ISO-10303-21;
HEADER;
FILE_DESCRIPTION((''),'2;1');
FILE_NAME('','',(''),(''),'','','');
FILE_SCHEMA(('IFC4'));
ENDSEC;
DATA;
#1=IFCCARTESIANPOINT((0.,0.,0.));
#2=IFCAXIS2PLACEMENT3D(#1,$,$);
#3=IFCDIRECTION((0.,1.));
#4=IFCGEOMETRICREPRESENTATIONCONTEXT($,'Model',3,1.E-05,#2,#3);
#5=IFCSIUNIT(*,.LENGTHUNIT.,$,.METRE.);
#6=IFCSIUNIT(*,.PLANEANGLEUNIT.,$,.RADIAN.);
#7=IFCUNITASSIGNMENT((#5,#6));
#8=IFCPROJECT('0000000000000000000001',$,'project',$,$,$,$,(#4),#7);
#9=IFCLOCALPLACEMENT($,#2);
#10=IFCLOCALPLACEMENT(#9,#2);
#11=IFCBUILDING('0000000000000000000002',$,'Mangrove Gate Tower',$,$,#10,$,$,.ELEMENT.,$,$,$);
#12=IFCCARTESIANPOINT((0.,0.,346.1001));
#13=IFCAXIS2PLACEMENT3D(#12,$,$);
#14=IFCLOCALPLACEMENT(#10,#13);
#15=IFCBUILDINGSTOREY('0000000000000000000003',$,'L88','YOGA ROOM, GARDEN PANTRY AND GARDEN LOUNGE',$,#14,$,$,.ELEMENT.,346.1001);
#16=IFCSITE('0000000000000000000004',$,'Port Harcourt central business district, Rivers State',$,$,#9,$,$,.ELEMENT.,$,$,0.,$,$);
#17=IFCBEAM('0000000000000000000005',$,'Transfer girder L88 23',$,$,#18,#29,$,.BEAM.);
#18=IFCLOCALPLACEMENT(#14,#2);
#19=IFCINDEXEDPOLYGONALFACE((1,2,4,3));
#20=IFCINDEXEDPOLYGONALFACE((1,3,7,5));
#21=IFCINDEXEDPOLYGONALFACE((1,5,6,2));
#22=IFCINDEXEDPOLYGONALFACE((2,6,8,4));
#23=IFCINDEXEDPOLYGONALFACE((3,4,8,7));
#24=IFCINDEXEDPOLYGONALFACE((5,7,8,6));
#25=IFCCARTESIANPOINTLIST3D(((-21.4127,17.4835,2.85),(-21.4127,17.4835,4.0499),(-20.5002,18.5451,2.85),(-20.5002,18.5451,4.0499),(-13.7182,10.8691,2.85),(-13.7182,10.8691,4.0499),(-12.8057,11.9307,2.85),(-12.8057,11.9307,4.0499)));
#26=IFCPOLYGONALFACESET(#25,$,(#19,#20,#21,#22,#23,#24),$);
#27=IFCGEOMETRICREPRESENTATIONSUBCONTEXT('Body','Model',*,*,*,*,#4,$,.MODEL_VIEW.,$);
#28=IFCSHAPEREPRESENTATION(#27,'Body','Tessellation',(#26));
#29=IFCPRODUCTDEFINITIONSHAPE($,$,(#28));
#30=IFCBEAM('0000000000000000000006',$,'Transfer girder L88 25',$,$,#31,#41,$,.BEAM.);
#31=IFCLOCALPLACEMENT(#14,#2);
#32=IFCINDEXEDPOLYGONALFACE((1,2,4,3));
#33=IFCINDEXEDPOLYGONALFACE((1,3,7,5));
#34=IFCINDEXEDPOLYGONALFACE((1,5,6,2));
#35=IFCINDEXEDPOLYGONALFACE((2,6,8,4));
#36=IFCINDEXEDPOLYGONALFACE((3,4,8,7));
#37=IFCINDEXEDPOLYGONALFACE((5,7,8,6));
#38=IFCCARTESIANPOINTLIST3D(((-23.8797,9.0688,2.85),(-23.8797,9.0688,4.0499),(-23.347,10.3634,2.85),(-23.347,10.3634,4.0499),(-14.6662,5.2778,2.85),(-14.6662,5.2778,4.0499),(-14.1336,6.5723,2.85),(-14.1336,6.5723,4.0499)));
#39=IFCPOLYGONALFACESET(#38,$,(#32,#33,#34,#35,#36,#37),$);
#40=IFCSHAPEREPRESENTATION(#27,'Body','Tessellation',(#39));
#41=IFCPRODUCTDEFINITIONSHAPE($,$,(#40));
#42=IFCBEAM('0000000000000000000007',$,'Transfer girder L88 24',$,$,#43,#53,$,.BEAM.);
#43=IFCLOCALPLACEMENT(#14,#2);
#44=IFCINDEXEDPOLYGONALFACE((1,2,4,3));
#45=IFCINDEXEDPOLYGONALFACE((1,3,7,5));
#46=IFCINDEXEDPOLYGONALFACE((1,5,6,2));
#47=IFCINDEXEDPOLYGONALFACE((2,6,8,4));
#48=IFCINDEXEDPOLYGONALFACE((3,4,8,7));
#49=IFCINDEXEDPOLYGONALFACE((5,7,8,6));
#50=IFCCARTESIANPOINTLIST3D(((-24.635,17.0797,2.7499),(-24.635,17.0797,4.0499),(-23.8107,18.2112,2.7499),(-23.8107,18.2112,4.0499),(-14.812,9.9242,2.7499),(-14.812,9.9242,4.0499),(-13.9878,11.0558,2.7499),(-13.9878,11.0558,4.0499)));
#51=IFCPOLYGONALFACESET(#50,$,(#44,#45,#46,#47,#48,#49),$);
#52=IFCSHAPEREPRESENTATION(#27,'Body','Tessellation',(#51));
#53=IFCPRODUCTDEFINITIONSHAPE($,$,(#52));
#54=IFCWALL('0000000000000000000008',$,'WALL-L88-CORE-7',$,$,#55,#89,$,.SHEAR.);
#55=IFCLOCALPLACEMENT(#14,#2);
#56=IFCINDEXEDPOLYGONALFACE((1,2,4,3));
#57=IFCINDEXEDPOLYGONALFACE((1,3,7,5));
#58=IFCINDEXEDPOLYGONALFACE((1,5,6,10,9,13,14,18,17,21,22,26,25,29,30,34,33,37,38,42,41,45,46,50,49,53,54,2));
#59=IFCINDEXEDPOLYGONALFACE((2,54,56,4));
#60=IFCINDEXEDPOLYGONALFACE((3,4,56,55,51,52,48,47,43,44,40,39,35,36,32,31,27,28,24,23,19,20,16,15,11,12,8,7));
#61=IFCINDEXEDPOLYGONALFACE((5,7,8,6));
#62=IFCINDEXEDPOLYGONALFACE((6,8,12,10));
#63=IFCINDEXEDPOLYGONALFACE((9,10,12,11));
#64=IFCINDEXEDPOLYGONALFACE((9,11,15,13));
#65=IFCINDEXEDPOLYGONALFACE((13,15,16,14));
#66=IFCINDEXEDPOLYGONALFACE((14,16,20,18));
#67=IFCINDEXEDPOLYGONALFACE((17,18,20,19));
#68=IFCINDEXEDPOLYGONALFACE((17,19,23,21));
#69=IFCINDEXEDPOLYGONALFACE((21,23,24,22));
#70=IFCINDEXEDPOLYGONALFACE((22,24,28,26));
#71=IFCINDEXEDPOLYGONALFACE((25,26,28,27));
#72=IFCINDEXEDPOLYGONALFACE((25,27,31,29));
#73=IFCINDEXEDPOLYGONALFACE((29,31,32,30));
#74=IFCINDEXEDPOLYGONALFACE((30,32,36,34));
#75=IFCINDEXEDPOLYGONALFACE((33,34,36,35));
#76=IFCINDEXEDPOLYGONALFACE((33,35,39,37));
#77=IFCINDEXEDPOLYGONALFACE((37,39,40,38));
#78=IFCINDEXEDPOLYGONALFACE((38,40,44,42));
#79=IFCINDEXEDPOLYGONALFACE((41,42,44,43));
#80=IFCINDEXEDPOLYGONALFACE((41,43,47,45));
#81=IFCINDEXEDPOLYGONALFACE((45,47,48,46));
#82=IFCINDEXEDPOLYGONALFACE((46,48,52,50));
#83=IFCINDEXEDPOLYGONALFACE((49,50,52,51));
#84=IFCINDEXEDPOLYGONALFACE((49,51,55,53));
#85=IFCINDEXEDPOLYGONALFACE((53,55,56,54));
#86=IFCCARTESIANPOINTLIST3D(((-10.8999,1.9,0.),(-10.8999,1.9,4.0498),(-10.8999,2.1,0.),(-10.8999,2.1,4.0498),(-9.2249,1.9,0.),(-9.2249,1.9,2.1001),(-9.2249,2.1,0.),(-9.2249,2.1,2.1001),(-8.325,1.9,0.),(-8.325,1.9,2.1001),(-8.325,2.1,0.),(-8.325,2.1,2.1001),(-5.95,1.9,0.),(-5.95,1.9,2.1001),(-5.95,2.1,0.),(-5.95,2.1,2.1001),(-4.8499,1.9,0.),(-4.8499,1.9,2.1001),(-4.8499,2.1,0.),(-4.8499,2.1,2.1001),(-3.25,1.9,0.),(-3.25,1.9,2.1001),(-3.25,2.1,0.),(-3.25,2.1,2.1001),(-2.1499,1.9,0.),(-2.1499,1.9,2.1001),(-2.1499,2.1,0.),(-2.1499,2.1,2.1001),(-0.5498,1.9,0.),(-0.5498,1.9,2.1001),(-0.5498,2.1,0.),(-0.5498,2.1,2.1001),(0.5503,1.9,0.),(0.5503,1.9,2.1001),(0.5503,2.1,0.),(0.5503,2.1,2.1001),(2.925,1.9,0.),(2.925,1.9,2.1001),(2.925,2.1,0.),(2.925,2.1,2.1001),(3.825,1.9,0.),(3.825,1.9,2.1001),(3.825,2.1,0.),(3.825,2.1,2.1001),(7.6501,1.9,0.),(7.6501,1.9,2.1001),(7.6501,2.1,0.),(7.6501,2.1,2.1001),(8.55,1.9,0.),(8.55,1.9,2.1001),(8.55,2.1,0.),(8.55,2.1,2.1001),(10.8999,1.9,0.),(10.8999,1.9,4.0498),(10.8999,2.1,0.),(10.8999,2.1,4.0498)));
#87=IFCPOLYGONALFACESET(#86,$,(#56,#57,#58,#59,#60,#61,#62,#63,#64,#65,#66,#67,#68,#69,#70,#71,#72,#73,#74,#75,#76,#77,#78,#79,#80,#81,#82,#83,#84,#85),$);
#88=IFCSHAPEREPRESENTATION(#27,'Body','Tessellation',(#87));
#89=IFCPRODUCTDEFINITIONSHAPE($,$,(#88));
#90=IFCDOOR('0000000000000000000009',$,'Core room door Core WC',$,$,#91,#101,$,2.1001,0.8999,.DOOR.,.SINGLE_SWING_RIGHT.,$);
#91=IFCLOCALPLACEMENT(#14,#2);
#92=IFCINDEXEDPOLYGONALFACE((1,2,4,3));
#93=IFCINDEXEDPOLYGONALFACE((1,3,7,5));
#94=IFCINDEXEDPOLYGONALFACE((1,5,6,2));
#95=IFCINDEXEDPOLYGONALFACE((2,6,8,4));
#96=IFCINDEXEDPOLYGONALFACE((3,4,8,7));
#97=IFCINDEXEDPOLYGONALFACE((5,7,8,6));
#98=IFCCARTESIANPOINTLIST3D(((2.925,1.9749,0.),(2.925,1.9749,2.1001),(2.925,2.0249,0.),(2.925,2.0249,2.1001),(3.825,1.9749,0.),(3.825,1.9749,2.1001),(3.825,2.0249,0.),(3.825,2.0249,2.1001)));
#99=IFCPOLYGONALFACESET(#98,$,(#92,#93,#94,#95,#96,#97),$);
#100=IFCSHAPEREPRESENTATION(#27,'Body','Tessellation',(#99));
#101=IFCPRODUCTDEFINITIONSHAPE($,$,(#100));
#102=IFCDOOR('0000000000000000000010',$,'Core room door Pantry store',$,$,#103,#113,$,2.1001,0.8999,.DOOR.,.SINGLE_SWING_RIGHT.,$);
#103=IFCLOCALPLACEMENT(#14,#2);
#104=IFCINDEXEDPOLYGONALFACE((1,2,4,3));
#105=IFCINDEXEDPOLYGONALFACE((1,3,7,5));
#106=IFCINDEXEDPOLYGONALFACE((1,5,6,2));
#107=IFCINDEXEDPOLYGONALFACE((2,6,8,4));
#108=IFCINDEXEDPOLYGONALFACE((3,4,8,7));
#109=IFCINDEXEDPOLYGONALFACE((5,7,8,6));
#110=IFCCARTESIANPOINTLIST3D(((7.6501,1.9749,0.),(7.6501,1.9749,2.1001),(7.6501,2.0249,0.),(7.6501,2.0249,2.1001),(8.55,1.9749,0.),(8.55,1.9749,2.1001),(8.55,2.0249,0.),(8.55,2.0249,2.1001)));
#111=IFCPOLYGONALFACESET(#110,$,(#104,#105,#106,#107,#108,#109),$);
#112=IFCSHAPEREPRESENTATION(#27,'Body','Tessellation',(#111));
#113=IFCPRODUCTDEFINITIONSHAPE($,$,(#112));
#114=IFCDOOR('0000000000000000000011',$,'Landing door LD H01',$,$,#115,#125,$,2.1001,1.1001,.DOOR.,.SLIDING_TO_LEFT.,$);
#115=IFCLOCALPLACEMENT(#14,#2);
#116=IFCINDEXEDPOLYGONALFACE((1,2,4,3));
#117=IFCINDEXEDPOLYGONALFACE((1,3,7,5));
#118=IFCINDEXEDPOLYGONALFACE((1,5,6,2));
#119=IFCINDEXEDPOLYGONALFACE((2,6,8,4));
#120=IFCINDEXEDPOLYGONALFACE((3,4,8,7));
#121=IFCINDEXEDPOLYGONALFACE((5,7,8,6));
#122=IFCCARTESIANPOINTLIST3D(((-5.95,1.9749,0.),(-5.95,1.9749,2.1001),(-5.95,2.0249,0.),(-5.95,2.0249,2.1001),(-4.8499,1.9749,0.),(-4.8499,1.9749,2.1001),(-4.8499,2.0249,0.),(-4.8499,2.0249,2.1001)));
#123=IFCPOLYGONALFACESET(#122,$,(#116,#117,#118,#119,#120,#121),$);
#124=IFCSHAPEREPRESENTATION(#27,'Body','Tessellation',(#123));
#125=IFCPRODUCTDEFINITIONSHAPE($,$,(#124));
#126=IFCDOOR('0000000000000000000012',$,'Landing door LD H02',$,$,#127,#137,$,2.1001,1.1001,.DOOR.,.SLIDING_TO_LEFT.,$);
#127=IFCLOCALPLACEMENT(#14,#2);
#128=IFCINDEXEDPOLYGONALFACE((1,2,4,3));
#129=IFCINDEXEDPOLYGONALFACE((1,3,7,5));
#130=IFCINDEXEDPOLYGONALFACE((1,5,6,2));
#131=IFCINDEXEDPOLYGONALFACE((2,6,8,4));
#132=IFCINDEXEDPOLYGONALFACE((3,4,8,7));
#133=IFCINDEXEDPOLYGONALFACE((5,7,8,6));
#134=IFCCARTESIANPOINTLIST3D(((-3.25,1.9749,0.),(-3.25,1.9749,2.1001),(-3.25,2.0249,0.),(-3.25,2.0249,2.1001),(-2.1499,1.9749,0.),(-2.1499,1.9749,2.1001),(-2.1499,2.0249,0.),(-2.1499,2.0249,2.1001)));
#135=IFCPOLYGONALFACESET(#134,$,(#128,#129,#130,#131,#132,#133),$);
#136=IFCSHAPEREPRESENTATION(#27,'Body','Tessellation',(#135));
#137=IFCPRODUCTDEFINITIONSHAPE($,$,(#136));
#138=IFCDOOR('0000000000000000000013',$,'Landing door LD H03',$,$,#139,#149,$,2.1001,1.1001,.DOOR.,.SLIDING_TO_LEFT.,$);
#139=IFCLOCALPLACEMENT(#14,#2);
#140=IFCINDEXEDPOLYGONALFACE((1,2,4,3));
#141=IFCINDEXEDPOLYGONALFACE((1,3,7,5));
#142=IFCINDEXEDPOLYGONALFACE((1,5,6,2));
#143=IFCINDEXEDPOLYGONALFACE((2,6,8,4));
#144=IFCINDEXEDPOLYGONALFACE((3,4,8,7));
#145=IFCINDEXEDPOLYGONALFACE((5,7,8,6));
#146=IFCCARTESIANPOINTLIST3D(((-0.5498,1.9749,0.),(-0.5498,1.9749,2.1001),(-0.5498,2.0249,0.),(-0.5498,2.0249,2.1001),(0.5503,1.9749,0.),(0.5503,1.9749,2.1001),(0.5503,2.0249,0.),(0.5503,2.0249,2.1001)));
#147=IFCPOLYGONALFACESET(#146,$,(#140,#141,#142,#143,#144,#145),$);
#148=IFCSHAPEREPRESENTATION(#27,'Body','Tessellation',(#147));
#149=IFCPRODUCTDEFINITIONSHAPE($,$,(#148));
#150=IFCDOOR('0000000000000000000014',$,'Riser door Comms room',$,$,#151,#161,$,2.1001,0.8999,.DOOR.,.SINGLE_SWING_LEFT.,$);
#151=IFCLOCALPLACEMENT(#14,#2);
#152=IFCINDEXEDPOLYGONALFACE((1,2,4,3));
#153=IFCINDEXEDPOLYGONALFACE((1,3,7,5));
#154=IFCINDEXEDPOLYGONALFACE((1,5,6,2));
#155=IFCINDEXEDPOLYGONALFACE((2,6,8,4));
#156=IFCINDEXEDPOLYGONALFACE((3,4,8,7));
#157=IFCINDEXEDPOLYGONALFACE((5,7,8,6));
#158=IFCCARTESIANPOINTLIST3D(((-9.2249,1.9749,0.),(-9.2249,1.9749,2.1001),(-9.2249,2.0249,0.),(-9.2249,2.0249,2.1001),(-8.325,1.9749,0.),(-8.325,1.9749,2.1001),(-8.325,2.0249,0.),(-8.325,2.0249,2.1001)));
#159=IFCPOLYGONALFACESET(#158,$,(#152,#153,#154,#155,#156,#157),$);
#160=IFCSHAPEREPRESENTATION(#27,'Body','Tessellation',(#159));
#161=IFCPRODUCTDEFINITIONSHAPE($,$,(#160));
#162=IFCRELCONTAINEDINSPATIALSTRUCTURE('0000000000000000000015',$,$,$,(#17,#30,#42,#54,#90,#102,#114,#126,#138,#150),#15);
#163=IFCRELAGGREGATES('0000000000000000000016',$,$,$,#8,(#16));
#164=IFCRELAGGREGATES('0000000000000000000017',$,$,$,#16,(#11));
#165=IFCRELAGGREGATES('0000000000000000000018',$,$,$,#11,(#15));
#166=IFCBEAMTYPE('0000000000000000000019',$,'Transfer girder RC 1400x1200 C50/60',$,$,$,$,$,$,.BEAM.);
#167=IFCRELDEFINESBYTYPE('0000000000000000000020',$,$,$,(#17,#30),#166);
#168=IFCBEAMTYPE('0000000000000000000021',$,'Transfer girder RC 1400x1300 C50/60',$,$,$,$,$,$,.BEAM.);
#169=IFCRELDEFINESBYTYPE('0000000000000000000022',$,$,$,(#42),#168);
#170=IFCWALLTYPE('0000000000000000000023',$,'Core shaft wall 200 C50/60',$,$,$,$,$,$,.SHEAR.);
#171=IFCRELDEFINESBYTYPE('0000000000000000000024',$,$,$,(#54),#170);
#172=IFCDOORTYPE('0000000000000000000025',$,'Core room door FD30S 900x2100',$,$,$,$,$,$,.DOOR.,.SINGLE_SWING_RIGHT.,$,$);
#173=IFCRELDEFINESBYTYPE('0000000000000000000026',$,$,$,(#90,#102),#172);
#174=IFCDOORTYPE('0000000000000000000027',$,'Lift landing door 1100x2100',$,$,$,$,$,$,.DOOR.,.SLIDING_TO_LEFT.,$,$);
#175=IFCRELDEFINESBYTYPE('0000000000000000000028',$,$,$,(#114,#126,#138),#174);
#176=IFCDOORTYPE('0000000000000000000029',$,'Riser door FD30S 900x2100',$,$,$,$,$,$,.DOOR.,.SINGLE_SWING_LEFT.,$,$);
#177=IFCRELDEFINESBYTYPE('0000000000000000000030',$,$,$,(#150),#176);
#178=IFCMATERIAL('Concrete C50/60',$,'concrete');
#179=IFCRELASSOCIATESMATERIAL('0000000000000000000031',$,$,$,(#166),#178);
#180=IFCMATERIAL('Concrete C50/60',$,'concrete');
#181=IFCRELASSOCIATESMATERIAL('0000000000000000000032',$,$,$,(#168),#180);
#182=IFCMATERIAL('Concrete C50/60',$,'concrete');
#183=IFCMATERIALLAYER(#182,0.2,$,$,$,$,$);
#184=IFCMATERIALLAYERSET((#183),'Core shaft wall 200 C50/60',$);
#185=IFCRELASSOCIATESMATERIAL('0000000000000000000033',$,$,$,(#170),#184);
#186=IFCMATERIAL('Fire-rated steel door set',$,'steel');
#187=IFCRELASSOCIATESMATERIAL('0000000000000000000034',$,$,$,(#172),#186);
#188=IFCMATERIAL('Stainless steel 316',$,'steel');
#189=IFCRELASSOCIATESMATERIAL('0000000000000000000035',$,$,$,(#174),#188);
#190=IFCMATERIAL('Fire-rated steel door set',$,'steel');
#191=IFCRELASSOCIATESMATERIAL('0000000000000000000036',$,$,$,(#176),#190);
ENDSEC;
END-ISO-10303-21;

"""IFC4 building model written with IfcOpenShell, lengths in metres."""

from ifc_helpers import new_model, si_unit, direction, frame, frame_2d, origin, origin_2d, place, context, subcontext, project, spatial, rectangle, extrude, material, layer, layer_set, material_profile, profile_set, type_object, element, fill, save


model = new_model("IFC4")

# Units and contexts
model_context = context("Model", 3, precision=1e-05, world=origin(), true_north=direction((0.0, 1.0)))
body_context = subcontext(model_context, "Body", "Model", "MODEL_VIEW")
ifc_project = project(units=[si_unit("LENGTHUNIT", "METRE"), si_unit("PLANEANGLEUNIT", "RADIAN")], contexts=[model_context])

# Site, building, storey
site_placement = place(None, origin())
site = spatial("IfcSite", under=ifc_project, at=site_placement, Name="Port Harcourt central business district, Rivers State", CompositionType="ELEMENT", RefElevation=0.0)
building_placement = place(site_placement, origin())
building = spatial("IfcBuilding", under=site, at=building_placement, Name="Mangrove Gate Tower", CompositionType="ELEMENT")
storey_placement = place(building_placement, frame((0.0, 0.0, 346.1001)))
storey = spatial("IfcBuildingStorey", under=building, at=storey_placement, Name="L88", Description="YOGA ROOM, GARDEN PANTRY AND GARDEN LOUNGE", CompositionType="ELEMENT", Elevation=346.1001)

# Beams
ifc_material_1 = material(Name="Concrete C50/60", Category="concrete")
ifc_material_profile_1 = material_profile(ifc_material_1, rectangle(XDim=1.3999, YDim=1.2, at=origin_2d()))
ifc_profile_set_1 = profile_set([ifc_material_profile_1], Name="Concrete C50/60")
beam_type_1 = type_object("IfcBeamType", Name="Transfer girder RC 1400x1200 C50/60", PredefinedType="BEAM", material=ifc_profile_set_1)
beam_1_placement = place(storey_placement, frame((-13.262, 11.3999, 3.45), z_axis=(-0.758323, 0.651879, 0.0), x_axis=(-0.651879, -0.758323, 0.0)))
element("IfcBeam", 1, at=beam_1_placement, inside=storey, type_object=beam_type_1, Name="Transfer girder L88 23", PredefinedType="BEAM", context=body_context, shape_type="SweptSolid", body=[
    extrude(rectangle(XDim=1.3999, YDim=1.2, at=origin_2d()), origin(), (0.0, 0.0, 1.0), 10.1467),
])
beam_2_placement = place(storey_placement, frame((-14.3999, 5.925, 3.45), z_axis=(-0.924774, 0.380516, 0.0), x_axis=(-0.380516, -0.924774, 0.0)))
element("IfcBeam", 2, at=beam_2_placement, inside=storey, type_object=beam_type_1, Name="Transfer girder L88 25", PredefinedType="BEAM", context=body_context, shape_type="SweptSolid", body=[
    extrude(rectangle(XDim=1.3999, YDim=1.2, at=origin_2d()), origin(), (0.0, 0.0, 1.0), 9.9629),
])
ifc_material_2 = material(Name="Concrete C50/60", Category="concrete")
ifc_material_profile_2 = material_profile(ifc_material_2, rectangle(XDim=1.3999, YDim=1.3, at=origin_2d()))
ifc_profile_set_2 = profile_set([ifc_material_profile_2], Name="Concrete C50/60")
beam_type_2 = type_object("IfcBeamType", Name="Transfer girder RC 1400x1300 C50/60", PredefinedType="BEAM", material=ifc_profile_set_2)
beam_3_placement = place(storey_placement, frame((-14.3999, 10.49, 3.3999), z_axis=(-0.808285, 0.588791, 0.0), x_axis=(-0.588791, -0.808285, 0.0)))
element("IfcBeam", 3, at=beam_3_placement, inside=storey, type_object=beam_type_2, Name="Transfer girder L88 24", PredefinedType="BEAM", context=body_context, shape_type="SweptSolid", body=[
    extrude(rectangle(XDim=1.3999, YDim=1.3, at=origin_2d()), origin(), (0.0, 0.0, 1.0), 12.1528),
])

# Wall, openings, doors
ifc_material_3 = material(Name="Concrete C50/60", Category="concrete")
ifc_layer_1 = layer(ifc_material_3, 0.2)
ifc_layer_set_1 = layer_set([ifc_layer_1], Name="Core shaft wall 200 C50/60")
wall_type_1 = type_object("IfcWallType", Name="Core shaft wall 200 C50/60", PredefinedType="SHEAR", material=ifc_layer_set_1)
wall_1_placement = place(storey_placement, frame((-10.8999, 2.0, 0.0), z_axis=(0.0, 0.0, 1.0), x_axis=(1.0, 0.0, 0.0)))
wall_1 = element("IfcWall", 4, at=wall_1_placement, inside=storey, type_object=wall_type_1, Name="WALL-L88-CORE-7", PredefinedType="SHEAR", context=body_context, shape_type="SweptSolid", body=[
    extrude(rectangle(XDim=21.7998, YDim=0.2, at=frame_2d((10.8999, 0.0))), origin(), (0.0, 0.0, 1.0), 4.0498),
])
opening_1_placement = place(wall_1_placement, frame((4.95, 0.0, 0.0)))
opening_1 = element("IfcOpeningElement", 5, at=opening_1_placement, cuts=wall_1, PredefinedType="OPENING", context=body_context, shape_type="SweptSolid", body=[
    extrude(rectangle(XDim=1.1001, YDim=2.1001, at=frame_2d((0.55, 1.05))), frame((0.0, 0.1099, 0.0), z_axis=(0.0, -1.0, 0.0), x_axis=(1.0, 0.0, 0.0)), (0.0, 0.0, 1.0), 0.22),
])
opening_2_placement = place(wall_1_placement, frame((7.6499, 0.0, 0.0)))
opening_2 = element("IfcOpeningElement", 6, at=opening_2_placement, cuts=wall_1, PredefinedType="OPENING", context=body_context, shape_type="SweptSolid", body=[
    extrude(rectangle(XDim=1.1001, YDim=2.1001, at=frame_2d((0.55, 1.05))), frame((0.0, 0.1099, 0.0), z_axis=(0.0, -1.0, 0.0), x_axis=(1.0, 0.0, 0.0)), (0.0, 0.0, 1.0), 0.22),
])
opening_3_placement = place(wall_1_placement, frame((10.3501, 0.0, 0.0)))
opening_3 = element("IfcOpeningElement", 7, at=opening_3_placement, cuts=wall_1, PredefinedType="OPENING", context=body_context, shape_type="SweptSolid", body=[
    extrude(rectangle(XDim=1.1001, YDim=2.1001, at=frame_2d((0.55, 1.05))), frame((0.0, 0.1099, 0.0), z_axis=(0.0, -1.0, 0.0), x_axis=(1.0, 0.0, 0.0)), (0.0, 0.0, 1.0), 0.22),
])
opening_4_placement = place(wall_1_placement, frame((1.675, 0.0, 0.0)))
opening_4 = element("IfcOpeningElement", 8, at=opening_4_placement, cuts=wall_1, PredefinedType="OPENING", context=body_context, shape_type="SweptSolid", body=[
    extrude(rectangle(XDim=0.8999, YDim=2.1001, at=frame_2d((0.45, 1.05))), frame((0.0, 0.1099, 0.0), z_axis=(0.0, -1.0, 0.0), x_axis=(1.0, 0.0, 0.0)), (0.0, 0.0, 1.0), 0.22),
])
opening_5_placement = place(wall_1_placement, frame((13.825, 0.0, 0.0)))
opening_5 = element("IfcOpeningElement", 9, at=opening_5_placement, cuts=wall_1, PredefinedType="OPENING", context=body_context, shape_type="SweptSolid", body=[
    extrude(rectangle(XDim=0.8999, YDim=2.1001, at=frame_2d((0.45, 1.05))), frame((0.0, 0.1099, 0.0), z_axis=(0.0, -1.0, 0.0), x_axis=(1.0, 0.0, 0.0)), (0.0, 0.0, 1.0), 0.22),
])
opening_6_placement = place(wall_1_placement, frame((18.55, 0.0, 0.0)))
opening_6 = element("IfcOpeningElement", 10, at=opening_6_placement, cuts=wall_1, PredefinedType="OPENING", context=body_context, shape_type="SweptSolid", body=[
    extrude(rectangle(XDim=0.8999, YDim=2.1001, at=frame_2d((0.45, 1.05))), frame((0.0, 0.1099, 0.0), z_axis=(0.0, -1.0, 0.0), x_axis=(1.0, 0.0, 0.0)), (0.0, 0.0, 1.0), 0.22),
])
ifc_material_4 = material(Name="Fire-rated steel door set", Category="steel")
door_type_1 = type_object("IfcDoorType", Name="Core room door FD30S 900x2100", OperationType="SINGLE_SWING_RIGHT", PredefinedType="DOOR", material=ifc_material_4)
door_1_placement = place(opening_5_placement, origin())
door_1 = element("IfcDoor", 11, at=door_1_placement, inside=storey, type_object=door_type_1, Name="Core room door Core WC", OperationType="SINGLE_SWING_RIGHT", OverallHeight=2.1001, OverallWidth=0.8999, PredefinedType="DOOR", context=body_context, shape_type="SweptSolid", body=[
    extrude(rectangle(XDim=0.8999, YDim=2.1001, at=frame_2d((0.45, 1.05))), frame((0.0, 0.0249, 0.0), z_axis=(0.0, -1.0, 0.0), x_axis=(1.0, 0.0, 0.0)), (0.0, 0.0, 1.0), 0.05),
])
fill(opening_5, door_1)
door_2_placement = place(opening_6_placement, origin())
door_2 = element("IfcDoor", 12, at=door_2_placement, inside=storey, type_object=door_type_1, Name="Core room door Pantry store", OperationType="SINGLE_SWING_RIGHT", OverallHeight=2.1001, OverallWidth=0.8999, PredefinedType="DOOR", context=body_context, shape_type="SweptSolid", body=[
    extrude(rectangle(XDim=0.8999, YDim=2.1001, at=frame_2d((0.45, 1.05))), frame((0.0, 0.0249, 0.0), z_axis=(0.0, -1.0, 0.0), x_axis=(1.0, 0.0, 0.0)), (0.0, 0.0, 1.0), 0.05),
])
fill(opening_6, door_2)
ifc_material_5 = material(Name="Stainless steel 316", Category="steel")
door_type_2 = type_object("IfcDoorType", Name="Lift landing door 1100x2100", OperationType="SLIDING_TO_LEFT", PredefinedType="DOOR", material=ifc_material_5)
door_3_placement = place(opening_1_placement, origin())
door_3 = element("IfcDoor", 13, at=door_3_placement, inside=storey, type_object=door_type_2, Name="Landing door LD H01", OperationType="SLIDING_TO_LEFT", OverallHeight=2.1001, OverallWidth=1.1001, PredefinedType="DOOR", context=body_context, shape_type="SweptSolid", body=[
    extrude(rectangle(XDim=1.1001, YDim=2.1001, at=frame_2d((0.55, 1.05))), frame((0.0, 0.0249, 0.0), z_axis=(0.0, -1.0, 0.0), x_axis=(1.0, 0.0, 0.0)), (0.0, 0.0, 1.0), 0.05),
])
fill(opening_1, door_3)
door_4_placement = place(opening_2_placement, origin())
door_4 = element("IfcDoor", 14, at=door_4_placement, inside=storey, type_object=door_type_2, Name="Landing door LD H02", OperationType="SLIDING_TO_LEFT", OverallHeight=2.1001, OverallWidth=1.1001, PredefinedType="DOOR", context=body_context, shape_type="SweptSolid", body=[
    extrude(rectangle(XDim=1.1001, YDim=2.1001, at=frame_2d((0.55, 1.05))), frame((0.0, 0.0249, 0.0), z_axis=(0.0, -1.0, 0.0), x_axis=(1.0, 0.0, 0.0)), (0.0, 0.0, 1.0), 0.05),
])
fill(opening_2, door_4)
door_5_placement = place(opening_3_placement, origin())
door_5 = element("IfcDoor", 15, at=door_5_placement, inside=storey, type_object=door_type_2, Name="Landing door LD H03", OperationType="SLIDING_TO_LEFT", OverallHeight=2.1001, OverallWidth=1.1001, PredefinedType="DOOR", context=body_context, shape_type="SweptSolid", body=[
    extrude(rectangle(XDim=1.1001, YDim=2.1001, at=frame_2d((0.55, 1.05))), frame((0.0, 0.0249, 0.0), z_axis=(0.0, -1.0, 0.0), x_axis=(1.0, 0.0, 0.0)), (0.0, 0.0, 1.0), 0.05),
])
fill(opening_3, door_5)
ifc_material_6 = material(Name="Fire-rated steel door set", Category="steel")
door_type_3 = type_object("IfcDoorType", Name="Riser door FD30S 900x2100", OperationType="SINGLE_SWING_LEFT", PredefinedType="DOOR", material=ifc_material_6)
door_6_placement = place(opening_4_placement, origin())
door_6 = element("IfcDoor", 16, at=door_6_placement, inside=storey, type_object=door_type_3, Name="Riser door Comms room", OperationType="SINGLE_SWING_LEFT", OverallHeight=2.1001, OverallWidth=0.8999, PredefinedType="DOOR", context=body_context, shape_type="SweptSolid", body=[
    extrude(rectangle(XDim=0.8999, YDim=2.1001, at=frame_2d((0.45, 1.05))), frame((0.0, 0.0249, 0.0), z_axis=(0.0, -1.0, 0.0), x_axis=(1.0, 0.0, 0.0)), (0.0, 0.0, 1.0), 0.05),
])
fill(opening_4, door_6)

save(model, "model.ifc")
